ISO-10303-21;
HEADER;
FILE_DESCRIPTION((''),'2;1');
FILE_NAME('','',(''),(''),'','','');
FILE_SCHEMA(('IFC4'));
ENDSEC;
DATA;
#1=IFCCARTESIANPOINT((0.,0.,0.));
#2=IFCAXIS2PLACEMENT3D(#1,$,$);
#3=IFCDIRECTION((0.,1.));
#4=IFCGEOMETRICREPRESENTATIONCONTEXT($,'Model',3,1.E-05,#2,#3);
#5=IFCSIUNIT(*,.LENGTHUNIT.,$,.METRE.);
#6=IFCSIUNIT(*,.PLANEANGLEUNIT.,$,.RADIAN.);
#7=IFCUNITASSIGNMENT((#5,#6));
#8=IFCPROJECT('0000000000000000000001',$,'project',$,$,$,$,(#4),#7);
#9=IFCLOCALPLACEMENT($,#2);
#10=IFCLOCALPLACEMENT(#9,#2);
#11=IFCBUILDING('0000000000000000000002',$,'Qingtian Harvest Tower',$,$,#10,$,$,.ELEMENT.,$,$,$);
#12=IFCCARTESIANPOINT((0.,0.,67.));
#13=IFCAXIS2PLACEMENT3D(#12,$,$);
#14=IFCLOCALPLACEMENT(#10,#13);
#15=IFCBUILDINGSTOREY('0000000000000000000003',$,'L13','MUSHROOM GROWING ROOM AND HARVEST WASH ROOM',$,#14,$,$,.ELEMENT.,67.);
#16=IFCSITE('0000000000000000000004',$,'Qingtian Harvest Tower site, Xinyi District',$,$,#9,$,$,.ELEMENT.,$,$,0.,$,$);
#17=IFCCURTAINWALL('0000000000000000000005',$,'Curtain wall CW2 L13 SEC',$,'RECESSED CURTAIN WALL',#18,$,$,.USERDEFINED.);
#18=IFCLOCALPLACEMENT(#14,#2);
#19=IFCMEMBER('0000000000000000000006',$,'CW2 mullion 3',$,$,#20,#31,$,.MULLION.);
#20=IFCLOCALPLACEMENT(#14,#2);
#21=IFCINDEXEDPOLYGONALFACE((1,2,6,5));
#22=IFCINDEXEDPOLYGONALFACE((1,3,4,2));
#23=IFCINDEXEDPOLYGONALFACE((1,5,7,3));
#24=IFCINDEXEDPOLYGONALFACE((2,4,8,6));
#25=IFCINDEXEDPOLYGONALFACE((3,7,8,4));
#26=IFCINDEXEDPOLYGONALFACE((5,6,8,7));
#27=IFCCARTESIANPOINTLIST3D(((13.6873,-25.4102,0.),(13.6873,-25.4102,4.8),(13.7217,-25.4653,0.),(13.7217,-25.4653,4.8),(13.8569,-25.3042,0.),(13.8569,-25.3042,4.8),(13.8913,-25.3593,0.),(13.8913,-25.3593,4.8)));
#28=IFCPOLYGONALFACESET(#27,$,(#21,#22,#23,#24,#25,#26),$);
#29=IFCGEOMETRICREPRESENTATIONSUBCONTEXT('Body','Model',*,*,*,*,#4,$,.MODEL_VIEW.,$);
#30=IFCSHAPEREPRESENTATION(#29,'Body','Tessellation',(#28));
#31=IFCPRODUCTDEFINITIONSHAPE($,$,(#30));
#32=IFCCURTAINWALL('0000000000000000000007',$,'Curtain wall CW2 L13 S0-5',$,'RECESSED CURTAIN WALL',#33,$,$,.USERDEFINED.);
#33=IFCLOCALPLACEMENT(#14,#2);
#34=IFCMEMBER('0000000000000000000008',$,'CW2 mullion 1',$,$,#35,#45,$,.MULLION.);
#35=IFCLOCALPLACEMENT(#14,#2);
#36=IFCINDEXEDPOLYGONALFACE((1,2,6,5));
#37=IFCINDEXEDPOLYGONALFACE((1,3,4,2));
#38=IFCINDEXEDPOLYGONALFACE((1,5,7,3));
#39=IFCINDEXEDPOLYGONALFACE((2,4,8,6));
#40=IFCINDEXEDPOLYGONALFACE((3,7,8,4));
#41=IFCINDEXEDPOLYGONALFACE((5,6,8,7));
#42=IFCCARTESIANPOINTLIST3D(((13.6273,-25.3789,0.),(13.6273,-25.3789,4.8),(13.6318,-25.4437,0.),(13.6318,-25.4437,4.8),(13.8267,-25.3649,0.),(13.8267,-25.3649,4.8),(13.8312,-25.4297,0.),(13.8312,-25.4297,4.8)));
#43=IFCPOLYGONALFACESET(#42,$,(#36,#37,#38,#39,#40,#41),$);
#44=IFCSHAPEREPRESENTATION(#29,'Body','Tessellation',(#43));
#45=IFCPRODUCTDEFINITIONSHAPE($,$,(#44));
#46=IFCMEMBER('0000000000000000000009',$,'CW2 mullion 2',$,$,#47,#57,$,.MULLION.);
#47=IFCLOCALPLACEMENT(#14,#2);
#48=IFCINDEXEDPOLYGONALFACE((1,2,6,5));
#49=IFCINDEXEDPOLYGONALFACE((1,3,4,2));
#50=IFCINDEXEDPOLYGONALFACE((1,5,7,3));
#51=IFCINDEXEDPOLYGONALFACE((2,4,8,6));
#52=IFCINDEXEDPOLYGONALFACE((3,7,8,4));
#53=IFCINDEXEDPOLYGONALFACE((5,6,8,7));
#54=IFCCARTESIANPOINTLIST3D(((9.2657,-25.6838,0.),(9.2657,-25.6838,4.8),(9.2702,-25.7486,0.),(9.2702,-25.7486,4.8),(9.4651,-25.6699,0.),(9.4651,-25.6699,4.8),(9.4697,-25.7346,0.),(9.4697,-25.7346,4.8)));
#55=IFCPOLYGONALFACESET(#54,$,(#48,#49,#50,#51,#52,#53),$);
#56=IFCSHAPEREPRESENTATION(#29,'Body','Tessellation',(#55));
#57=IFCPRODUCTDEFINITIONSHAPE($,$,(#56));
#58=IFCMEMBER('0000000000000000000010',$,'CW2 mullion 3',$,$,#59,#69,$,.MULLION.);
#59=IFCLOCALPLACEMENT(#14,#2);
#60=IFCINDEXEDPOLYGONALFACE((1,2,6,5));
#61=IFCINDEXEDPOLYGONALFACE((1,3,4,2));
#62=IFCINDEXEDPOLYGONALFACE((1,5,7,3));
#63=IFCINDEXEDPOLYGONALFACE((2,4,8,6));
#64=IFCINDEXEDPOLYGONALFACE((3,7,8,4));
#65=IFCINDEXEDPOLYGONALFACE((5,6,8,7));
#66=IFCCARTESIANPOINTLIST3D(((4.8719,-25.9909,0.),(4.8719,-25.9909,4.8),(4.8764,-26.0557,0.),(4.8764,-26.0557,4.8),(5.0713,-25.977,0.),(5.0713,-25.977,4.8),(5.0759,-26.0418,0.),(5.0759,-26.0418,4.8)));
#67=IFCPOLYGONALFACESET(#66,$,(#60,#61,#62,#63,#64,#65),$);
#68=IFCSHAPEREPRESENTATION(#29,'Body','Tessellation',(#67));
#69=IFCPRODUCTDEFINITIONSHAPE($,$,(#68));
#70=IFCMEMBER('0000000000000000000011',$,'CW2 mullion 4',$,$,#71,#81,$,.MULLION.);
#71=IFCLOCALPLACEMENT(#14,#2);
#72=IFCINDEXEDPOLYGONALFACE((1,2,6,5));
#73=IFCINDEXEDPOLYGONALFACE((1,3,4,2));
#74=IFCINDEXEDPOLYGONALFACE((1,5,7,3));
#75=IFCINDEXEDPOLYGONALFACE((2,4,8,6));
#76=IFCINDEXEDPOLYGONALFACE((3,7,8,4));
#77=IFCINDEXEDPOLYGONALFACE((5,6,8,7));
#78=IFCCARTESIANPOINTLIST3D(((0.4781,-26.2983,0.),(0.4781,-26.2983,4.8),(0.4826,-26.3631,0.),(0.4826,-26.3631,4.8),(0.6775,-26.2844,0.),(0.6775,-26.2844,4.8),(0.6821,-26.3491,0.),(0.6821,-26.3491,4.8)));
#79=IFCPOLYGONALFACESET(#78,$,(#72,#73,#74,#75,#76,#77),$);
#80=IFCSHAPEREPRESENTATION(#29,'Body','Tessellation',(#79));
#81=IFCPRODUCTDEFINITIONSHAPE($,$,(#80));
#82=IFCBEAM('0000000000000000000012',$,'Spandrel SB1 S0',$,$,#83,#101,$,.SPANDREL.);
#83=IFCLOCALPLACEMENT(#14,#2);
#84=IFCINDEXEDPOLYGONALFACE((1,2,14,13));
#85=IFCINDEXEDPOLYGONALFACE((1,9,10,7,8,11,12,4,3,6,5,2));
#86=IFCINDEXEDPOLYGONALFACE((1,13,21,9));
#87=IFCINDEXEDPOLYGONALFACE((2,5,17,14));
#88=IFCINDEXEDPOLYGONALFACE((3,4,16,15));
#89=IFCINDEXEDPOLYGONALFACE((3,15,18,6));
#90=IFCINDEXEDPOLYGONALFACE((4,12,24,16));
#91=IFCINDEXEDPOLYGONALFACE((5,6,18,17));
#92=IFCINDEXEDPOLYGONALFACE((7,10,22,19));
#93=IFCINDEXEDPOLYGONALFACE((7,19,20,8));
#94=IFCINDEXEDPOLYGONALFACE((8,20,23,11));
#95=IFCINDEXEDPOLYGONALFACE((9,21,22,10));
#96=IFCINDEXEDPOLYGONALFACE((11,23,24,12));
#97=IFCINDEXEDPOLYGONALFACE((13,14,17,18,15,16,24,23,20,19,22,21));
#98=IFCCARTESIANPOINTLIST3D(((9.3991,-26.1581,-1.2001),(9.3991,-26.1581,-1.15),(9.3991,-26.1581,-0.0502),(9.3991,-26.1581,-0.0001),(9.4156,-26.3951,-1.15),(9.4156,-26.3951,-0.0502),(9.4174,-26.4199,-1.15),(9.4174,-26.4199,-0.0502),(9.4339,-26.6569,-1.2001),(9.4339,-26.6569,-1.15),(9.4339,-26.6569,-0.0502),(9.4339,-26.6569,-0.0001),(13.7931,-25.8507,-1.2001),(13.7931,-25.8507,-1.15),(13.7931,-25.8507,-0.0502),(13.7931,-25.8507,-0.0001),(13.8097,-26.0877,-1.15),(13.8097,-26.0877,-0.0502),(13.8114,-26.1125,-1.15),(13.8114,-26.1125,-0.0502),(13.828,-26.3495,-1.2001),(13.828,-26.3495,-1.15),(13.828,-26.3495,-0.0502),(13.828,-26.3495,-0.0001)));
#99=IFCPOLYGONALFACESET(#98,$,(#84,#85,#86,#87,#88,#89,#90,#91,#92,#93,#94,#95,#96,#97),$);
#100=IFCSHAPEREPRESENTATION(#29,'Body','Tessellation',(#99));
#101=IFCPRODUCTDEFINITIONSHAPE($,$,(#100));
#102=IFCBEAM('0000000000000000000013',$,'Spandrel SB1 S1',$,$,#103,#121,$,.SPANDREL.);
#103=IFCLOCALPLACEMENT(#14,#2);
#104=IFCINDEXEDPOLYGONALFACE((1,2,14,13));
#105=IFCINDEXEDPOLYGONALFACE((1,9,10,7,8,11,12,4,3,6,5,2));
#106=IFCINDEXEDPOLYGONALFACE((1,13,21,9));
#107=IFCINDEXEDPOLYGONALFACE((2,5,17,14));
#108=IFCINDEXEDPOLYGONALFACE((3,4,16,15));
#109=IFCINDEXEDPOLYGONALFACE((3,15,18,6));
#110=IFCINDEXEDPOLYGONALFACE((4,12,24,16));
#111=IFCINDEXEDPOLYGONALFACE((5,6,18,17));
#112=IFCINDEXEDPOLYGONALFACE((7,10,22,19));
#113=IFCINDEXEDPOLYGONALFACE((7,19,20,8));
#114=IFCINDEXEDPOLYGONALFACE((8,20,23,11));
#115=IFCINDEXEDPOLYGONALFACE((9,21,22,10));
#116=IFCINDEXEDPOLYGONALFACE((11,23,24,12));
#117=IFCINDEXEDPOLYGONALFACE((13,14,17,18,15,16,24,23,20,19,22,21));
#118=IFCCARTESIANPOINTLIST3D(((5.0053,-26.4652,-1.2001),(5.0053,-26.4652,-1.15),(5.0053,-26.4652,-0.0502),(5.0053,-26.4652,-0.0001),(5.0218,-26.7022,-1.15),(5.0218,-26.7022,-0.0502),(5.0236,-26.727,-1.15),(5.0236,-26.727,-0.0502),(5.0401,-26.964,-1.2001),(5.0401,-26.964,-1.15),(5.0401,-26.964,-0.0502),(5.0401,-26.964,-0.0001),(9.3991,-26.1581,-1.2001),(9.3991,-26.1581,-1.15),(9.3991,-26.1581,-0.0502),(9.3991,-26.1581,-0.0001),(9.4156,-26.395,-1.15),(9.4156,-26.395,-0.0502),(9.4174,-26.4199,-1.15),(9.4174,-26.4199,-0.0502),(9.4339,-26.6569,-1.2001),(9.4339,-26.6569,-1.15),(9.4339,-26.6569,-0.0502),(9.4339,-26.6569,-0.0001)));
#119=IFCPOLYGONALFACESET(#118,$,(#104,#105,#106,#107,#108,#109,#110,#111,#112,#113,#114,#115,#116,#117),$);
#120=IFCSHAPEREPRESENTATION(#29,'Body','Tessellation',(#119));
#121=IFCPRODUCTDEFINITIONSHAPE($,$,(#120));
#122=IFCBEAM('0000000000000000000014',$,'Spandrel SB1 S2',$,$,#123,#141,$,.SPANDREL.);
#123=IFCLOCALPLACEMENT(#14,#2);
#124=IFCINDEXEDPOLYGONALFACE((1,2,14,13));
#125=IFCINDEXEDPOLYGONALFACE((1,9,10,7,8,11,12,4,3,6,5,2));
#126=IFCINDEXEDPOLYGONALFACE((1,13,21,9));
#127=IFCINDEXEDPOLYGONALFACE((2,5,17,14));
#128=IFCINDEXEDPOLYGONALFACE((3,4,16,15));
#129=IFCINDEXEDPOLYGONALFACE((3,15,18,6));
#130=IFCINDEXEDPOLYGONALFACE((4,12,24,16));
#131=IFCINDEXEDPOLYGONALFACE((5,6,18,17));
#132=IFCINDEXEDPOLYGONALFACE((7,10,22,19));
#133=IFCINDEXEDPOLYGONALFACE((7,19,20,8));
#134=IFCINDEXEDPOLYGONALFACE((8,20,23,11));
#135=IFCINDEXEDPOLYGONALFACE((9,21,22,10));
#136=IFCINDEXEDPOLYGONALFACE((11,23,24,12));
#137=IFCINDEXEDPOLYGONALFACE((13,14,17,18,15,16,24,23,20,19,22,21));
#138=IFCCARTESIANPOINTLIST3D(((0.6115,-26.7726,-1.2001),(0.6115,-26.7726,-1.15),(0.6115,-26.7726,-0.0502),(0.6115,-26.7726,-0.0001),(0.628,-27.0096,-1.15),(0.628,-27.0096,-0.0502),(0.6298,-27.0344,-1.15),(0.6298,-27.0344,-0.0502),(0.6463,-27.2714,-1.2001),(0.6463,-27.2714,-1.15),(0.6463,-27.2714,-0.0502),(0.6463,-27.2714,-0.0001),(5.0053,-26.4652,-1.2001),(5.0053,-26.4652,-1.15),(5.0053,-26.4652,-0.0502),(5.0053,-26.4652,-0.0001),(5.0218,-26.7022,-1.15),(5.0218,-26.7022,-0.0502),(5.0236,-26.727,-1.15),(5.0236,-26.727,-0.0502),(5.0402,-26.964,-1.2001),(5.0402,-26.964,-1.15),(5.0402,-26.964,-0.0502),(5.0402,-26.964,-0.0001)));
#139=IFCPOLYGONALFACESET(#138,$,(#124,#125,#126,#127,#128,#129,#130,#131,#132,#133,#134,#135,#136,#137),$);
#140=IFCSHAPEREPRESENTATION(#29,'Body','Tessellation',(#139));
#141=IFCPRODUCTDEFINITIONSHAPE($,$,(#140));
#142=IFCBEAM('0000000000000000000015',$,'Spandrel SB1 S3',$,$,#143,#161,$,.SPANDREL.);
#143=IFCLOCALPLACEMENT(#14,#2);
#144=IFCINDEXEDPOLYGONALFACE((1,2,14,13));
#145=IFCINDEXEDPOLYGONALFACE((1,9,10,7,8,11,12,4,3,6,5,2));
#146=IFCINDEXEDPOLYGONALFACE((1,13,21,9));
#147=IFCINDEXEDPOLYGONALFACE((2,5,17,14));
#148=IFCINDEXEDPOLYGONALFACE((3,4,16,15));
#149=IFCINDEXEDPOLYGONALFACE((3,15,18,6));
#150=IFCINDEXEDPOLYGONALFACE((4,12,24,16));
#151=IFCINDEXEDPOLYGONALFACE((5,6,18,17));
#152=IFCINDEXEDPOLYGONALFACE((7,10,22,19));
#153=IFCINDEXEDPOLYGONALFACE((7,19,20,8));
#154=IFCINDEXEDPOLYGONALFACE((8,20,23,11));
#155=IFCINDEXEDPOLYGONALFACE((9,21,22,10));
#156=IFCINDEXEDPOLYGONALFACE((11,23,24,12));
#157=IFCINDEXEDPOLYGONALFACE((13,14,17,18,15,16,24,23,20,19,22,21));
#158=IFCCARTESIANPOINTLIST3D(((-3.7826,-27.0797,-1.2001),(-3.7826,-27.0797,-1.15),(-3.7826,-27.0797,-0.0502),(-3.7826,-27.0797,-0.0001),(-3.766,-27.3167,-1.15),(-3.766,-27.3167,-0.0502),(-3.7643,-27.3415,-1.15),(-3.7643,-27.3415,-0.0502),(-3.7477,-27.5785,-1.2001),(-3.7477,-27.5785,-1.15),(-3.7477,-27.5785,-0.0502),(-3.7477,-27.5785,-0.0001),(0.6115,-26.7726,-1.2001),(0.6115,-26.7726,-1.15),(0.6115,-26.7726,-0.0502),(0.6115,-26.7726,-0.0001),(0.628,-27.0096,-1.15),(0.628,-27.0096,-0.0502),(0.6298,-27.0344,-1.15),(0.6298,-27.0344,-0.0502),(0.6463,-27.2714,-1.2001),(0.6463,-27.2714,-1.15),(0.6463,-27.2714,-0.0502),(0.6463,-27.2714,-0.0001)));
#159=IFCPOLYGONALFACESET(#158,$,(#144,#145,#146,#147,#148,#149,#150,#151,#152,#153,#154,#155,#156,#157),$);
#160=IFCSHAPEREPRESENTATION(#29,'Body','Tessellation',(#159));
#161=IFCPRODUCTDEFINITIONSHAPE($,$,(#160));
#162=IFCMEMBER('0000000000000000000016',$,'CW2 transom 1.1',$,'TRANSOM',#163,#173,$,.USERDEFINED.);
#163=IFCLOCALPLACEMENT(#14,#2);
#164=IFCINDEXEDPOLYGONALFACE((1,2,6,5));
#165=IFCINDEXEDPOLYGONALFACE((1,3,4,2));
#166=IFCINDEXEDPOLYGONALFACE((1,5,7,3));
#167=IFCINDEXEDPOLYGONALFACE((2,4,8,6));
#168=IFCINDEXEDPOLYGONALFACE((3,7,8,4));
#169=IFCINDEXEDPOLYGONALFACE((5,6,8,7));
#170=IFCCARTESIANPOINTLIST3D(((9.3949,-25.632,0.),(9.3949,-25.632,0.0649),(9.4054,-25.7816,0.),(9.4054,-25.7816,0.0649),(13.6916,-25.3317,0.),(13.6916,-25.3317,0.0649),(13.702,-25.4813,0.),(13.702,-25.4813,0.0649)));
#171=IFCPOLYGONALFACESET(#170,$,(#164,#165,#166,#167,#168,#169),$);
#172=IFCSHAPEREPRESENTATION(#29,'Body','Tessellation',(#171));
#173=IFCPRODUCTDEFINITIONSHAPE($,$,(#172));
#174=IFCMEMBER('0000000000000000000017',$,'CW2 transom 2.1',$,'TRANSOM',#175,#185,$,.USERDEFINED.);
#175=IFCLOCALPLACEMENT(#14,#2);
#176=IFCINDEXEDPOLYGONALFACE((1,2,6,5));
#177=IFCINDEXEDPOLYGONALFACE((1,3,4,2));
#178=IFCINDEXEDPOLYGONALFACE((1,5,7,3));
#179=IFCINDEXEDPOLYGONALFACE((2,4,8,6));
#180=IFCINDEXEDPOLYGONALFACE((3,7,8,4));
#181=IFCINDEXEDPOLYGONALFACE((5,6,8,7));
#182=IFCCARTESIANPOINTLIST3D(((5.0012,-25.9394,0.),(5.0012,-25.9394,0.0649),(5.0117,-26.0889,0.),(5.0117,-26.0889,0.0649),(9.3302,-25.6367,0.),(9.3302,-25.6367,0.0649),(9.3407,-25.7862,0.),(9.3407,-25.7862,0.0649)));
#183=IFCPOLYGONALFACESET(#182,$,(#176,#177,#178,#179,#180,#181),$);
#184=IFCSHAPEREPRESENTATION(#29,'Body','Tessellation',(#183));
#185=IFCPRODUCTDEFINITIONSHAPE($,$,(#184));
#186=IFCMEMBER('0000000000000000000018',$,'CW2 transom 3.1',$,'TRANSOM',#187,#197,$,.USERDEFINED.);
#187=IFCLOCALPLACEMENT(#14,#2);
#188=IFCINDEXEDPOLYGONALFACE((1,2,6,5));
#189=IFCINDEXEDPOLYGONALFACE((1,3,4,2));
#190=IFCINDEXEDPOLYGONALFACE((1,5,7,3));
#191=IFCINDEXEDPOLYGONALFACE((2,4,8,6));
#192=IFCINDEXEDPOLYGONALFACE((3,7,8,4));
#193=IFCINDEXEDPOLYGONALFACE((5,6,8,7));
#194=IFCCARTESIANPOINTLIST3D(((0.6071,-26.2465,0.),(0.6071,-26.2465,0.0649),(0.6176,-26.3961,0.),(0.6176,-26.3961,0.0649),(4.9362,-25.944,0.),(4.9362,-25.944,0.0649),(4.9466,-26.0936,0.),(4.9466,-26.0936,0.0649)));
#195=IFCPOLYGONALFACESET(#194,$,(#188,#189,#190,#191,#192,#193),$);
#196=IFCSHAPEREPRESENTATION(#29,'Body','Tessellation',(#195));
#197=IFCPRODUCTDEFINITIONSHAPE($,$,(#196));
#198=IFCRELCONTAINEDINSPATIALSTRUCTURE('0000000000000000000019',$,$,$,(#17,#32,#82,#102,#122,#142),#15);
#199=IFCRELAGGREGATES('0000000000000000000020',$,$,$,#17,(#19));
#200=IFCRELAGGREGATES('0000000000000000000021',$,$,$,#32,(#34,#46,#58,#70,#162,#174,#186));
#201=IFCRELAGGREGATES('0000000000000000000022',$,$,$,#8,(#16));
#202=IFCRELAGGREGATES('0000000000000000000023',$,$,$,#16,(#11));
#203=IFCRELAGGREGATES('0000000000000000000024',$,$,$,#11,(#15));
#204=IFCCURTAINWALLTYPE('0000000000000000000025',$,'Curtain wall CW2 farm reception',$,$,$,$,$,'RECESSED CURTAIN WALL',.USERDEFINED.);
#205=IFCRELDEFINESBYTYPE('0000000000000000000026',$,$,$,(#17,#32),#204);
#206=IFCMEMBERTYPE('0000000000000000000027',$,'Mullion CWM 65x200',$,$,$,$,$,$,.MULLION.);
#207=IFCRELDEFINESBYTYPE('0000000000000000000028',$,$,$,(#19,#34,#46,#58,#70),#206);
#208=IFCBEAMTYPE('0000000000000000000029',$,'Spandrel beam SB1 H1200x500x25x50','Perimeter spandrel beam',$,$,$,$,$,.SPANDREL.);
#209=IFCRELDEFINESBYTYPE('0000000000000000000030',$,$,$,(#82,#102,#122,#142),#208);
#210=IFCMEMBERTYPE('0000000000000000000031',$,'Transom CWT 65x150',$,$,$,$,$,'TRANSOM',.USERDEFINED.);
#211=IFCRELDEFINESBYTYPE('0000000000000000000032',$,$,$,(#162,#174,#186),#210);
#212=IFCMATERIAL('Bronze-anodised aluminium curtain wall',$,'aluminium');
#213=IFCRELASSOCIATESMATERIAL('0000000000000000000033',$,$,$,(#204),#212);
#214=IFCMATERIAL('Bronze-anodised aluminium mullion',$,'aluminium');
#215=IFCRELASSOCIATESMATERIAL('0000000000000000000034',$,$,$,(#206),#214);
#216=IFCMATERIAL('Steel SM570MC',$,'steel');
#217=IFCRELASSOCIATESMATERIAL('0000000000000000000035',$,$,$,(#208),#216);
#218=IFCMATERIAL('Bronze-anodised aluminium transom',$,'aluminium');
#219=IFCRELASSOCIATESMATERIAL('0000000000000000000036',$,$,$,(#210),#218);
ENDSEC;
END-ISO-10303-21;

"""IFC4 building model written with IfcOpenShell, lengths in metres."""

from ifc_helpers import new_model, si_unit, direction, frame, origin, origin_2d, place, context, subcontext, project, spatial, rectangle, i_section, extrude, material, material_profile, profile_set, type_object, element, aggregate, save


model = new_model("IFC4")

# Units and contexts
model_context = context("Model", 3, precision=1e-05, world=origin(), true_north=direction((0.0, 1.0)))
body_context = subcontext(model_context, "Body", "Model", "MODEL_VIEW")
ifc_project = project(units=[si_unit("LENGTHUNIT", "METRE"), si_unit("PLANEANGLEUNIT", "RADIAN")], contexts=[model_context])

# Site, building, storey
site_placement = place(None, origin())
site = spatial("IfcSite", under=ifc_project, at=site_placement, Name="Qingtian Harvest Tower site, Xinyi District", CompositionType="ELEMENT", RefElevation=0.0)
building_placement = place(site_placement, origin())
building = spatial("IfcBuilding", under=site, at=building_placement, Name="Qingtian Harvest Tower", CompositionType="ELEMENT")
storey_placement = place(building_placement, frame((0.0, 0.0, 67.0)))
storey = spatial("IfcBuildingStorey", under=building, at=storey_placement, Name="L13", Description="MUSHROOM GROWING ROOM AND HARVEST WASH ROOM", CompositionType="ELEMENT", Elevation=67.0)

# Curtain wall, member
ifc_material_1 = material(Name="Bronze-anodised aluminium curtain wall", Category="aluminium")
curtain_wall_type = type_object("IfcCurtainWallType", Name="Curtain wall CW2 farm reception", ElementType="RECESSED CURTAIN WALL", PredefinedType="USERDEFINED", material=ifc_material_1)
curtain_wall_1_placement = place(storey_placement, origin())
curtain_wall_1 = element("IfcCurtainWall", 1, at=curtain_wall_1_placement, inside=storey, type_object=curtain_wall_type, Name="Curtain wall CW2 L13 SEC", ObjectType="RECESSED CURTAIN WALL", PredefinedType="USERDEFINED")
ifc_material_2 = material(Name="Bronze-anodised aluminium mullion", Category="aluminium")
ifc_material_profile_1 = material_profile(ifc_material_2, rectangle(XDim=0.0649, YDim=0.2, at=origin_2d()), Name="AL 65x200")
ifc_profile_set_1 = profile_set([ifc_material_profile_1], Name="Bronze-anodised aluminium mullion")
member_type_1 = type_object("IfcMemberType", Name="Mullion CWM 65x200", PredefinedType="MULLION", material=ifc_profile_set_1)
member_1_placement = place(storey_placement, frame((13.7893, -25.3848, 0.0), z_axis=(0.0, 0.0, 1.0), x_axis=(0.529919, -0.848048, 0.0)))
member_1 = element("IfcMember", 2, at=member_1_placement, type_object=member_type_1, Name="CW2 mullion 3", PredefinedType="MULLION", context=body_context, shape_type="SweptSolid", body=[
    extrude(rectangle(XDim=0.0649, YDim=0.2, at=origin_2d()), origin(), (0.0, 0.0, 1.0), 4.8),
])
aggregate(curtain_wall_1, [member_1])

# Curtain wall, members
curtain_wall_2_placement = place(storey_placement, origin())
curtain_wall_2 = element("IfcCurtainWall", 3, at=curtain_wall_2_placement, inside=storey, type_object=curtain_wall_type, Name="Curtain wall CW2 L13 S0-5", ObjectType="RECESSED CURTAIN WALL", PredefinedType="USERDEFINED")
member_2_placement = place(storey_placement, frame((13.7292, -25.4043, 0.0), z_axis=(0.0, 0.0, 1.0), x_axis=(0.069756, -0.997564, 0.0)))
member_2 = element("IfcMember", 4, at=member_2_placement, type_object=member_type_1, Name="CW2 mullion 1", PredefinedType="MULLION", context=body_context, shape_type="SweptSolid", body=[
    extrude(rectangle(XDim=0.0649, YDim=0.2, at=origin_2d()), origin(), (0.0, 0.0, 1.0), 4.8),
])
member_3_placement = place(storey_placement, frame((9.3677, -25.7092, 0.0), z_axis=(0.0, 0.0, 1.0), x_axis=(0.069756, -0.997564, 0.0)))
member_3 = element("IfcMember", 5, at=member_3_placement, type_object=member_type_1, Name="CW2 mullion 2", PredefinedType="MULLION", context=body_context, shape_type="SweptSolid", body=[
    extrude(rectangle(XDim=0.0649, YDim=0.2, at=origin_2d()), origin(), (0.0, 0.0, 1.0), 4.8),
])
member_4_placement = place(storey_placement, frame((4.9739, -26.0164, 0.0), z_axis=(0.0, 0.0, 1.0), x_axis=(0.069756, -0.997564, 0.0)))
member_4 = element("IfcMember", 6, at=member_4_placement, type_object=member_type_1, Name="CW2 mullion 3", PredefinedType="MULLION", context=body_context, shape_type="SweptSolid", body=[
    extrude(rectangle(XDim=0.0649, YDim=0.2, at=origin_2d()), origin(), (0.0, 0.0, 1.0), 4.8),
])
member_5_placement = place(storey_placement, frame((0.5801, -26.3237, 0.0), z_axis=(0.0, 0.0, 1.0), x_axis=(0.069756, -0.997564, 0.0)))
member_5 = element("IfcMember", 7, at=member_5_placement, type_object=member_type_1, Name="CW2 mullion 4", PredefinedType="MULLION", context=body_context, shape_type="SweptSolid", body=[
    extrude(rectangle(XDim=0.0649, YDim=0.2, at=origin_2d()), origin(), (0.0, 0.0, 1.0), 4.8),
])

# Beams
ifc_material_3 = material(Name="Steel SM570MC", Category="steel")
ifc_material_profile_2 = material_profile(ifc_material_3, i_section(OverallWidth=0.5, OverallDepth=1.2, WebThickness=0.0249, FlangeThickness=0.05, at=origin_2d()), Name="H1200x500x25x50")
ifc_profile_set_2 = profile_set([ifc_material_profile_2], Name="Steel SM570MC")
beam_type_1 = type_object("IfcBeamType", Name="Spandrel beam SB1 H1200x500x25x50", Description="Perimeter spandrel beam", PredefinedType="SPANDREL", material=ifc_profile_set_2)
beam_1_placement = place(storey_placement, frame((13.8105, -26.1001, -0.6001), z_axis=(-0.997562, -0.069782, 0.0), x_axis=(0.069782, -0.997562, 0.0)))
element("IfcBeam", 8, at=beam_1_placement, inside=storey, type_object=beam_type_1, Name="Spandrel SB1 S0", PredefinedType="SPANDREL", context=body_context, shape_type="SweptSolid", body=[
    extrude(i_section(OverallWidth=0.5, OverallDepth=1.2, WebThickness=0.0249, FlangeThickness=0.05, at=origin_2d()), origin(), (0.0, 0.0, 1.0), 4.4048),
])
for number, where, z_axis, x_axis, name in (
    (9, (9.4165, -26.4075, -0.6001), (-0.997566, -0.06973, 0.0), (0.06973, -0.997566, 0.0), "Spandrel SB1 S1"),
    (10, (5.0227, -26.7146, -0.6001), (-0.997562, -0.069786, 0.0), (0.069786, -0.997562, 0.0), "Spandrel SB1 S2"),
):
    element("IfcBeam", number, at=place(storey_placement, frame(where, z_axis=z_axis, x_axis=x_axis)), inside=storey, type_object=beam_type_1, Name=name, PredefinedType="SPANDREL", context=body_context, shape_type="SweptSolid", body=[
        extrude(i_section(OverallWidth=0.5, OverallDepth=1.2, WebThickness=0.0249, FlangeThickness=0.05, at=origin_2d()), origin(), (0.0, 0.0, 1.0), 4.4045),
    ])
beam_2_placement = place(storey_placement, frame((0.6289, -27.022, -0.6001), z_axis=(-0.997566, -0.069727, 0.0), x_axis=(0.069727, -0.997566, 0.0)))
element("IfcBeam", 11, at=beam_2_placement, inside=storey, type_object=beam_type_1, Name="Spandrel SB1 S3", PredefinedType="SPANDREL", context=body_context, shape_type="SweptSolid", body=[
    extrude(i_section(OverallWidth=0.5, OverallDepth=1.2, WebThickness=0.0249, FlangeThickness=0.05, at=origin_2d()), origin(), (0.0, 0.0, 1.0), 4.4048),
])

# Members
ifc_material_4 = material(Name="Bronze-anodised aluminium transom", Category="aluminium")
ifc_material_profile_3 = material_profile(ifc_material_4, rectangle(XDim=0.1499, YDim=0.0649, at=origin_2d()), Name="AL 65x150")
ifc_profile_set_3 = profile_set([ifc_material_profile_3], Name="Bronze-anodised aluminium transom")
member_type_2 = type_object("IfcMemberType", Name="Transom CWT 65x150", ElementType="TRANSOM", PredefinedType="USERDEFINED", material=ifc_profile_set_3)
member_6_placement = place(storey_placement, frame((13.6968, -25.4065, 0.0325), z_axis=(-0.997567, -0.06972, 0.0), x_axis=(0.06972, -0.997567, 0.0)))
member_6 = element("IfcMember", 12, at=member_6_placement, type_object=member_type_2, Name="CW2 transom 1.1", ObjectType="TRANSOM", PredefinedType="USERDEFINED", context=body_context, shape_type="SweptSolid", body=[
    extrude(rectangle(XDim=0.1499, YDim=0.0649, at=origin_2d()), origin(), (0.0, 0.0, 1.0), 4.3071),
])
member_7_placement = place(storey_placement, frame((9.3354, -25.7114, 0.0325), z_axis=(-0.997564, -0.06976, 0.0), x_axis=(0.06976, -0.997564, 0.0)))
member_7 = element("IfcMember", 13, at=member_7_placement, type_object=member_type_2, Name="CW2 transom 2.1", ObjectType="TRANSOM", PredefinedType="USERDEFINED", context=body_context, shape_type="SweptSolid", body=[
    extrude(rectangle(XDim=0.1499, YDim=0.0649, at=origin_2d()), origin(), (0.0, 0.0, 1.0), 4.3396),
])
member_8_placement = place(storey_placement, frame((4.9414, -26.0188, 0.0325), z_axis=(-0.997568, -0.069704, 0.0), x_axis=(0.069704, -0.997568, 0.0)))
member_8 = element("IfcMember", 14, at=member_8_placement, type_object=member_type_2, Name="CW2 transom 3.1", ObjectType="TRANSOM", PredefinedType="USERDEFINED", context=body_context, shape_type="SweptSolid", body=[
    extrude(rectangle(XDim=0.1499, YDim=0.0649, at=origin_2d()), origin(), (0.0, 0.0, 1.0), 4.3396),
])

aggregate(curtain_wall_2, [member_2, member_3, member_4, member_5, member_6, member_7, member_8])

save(model, "model.ifc")
